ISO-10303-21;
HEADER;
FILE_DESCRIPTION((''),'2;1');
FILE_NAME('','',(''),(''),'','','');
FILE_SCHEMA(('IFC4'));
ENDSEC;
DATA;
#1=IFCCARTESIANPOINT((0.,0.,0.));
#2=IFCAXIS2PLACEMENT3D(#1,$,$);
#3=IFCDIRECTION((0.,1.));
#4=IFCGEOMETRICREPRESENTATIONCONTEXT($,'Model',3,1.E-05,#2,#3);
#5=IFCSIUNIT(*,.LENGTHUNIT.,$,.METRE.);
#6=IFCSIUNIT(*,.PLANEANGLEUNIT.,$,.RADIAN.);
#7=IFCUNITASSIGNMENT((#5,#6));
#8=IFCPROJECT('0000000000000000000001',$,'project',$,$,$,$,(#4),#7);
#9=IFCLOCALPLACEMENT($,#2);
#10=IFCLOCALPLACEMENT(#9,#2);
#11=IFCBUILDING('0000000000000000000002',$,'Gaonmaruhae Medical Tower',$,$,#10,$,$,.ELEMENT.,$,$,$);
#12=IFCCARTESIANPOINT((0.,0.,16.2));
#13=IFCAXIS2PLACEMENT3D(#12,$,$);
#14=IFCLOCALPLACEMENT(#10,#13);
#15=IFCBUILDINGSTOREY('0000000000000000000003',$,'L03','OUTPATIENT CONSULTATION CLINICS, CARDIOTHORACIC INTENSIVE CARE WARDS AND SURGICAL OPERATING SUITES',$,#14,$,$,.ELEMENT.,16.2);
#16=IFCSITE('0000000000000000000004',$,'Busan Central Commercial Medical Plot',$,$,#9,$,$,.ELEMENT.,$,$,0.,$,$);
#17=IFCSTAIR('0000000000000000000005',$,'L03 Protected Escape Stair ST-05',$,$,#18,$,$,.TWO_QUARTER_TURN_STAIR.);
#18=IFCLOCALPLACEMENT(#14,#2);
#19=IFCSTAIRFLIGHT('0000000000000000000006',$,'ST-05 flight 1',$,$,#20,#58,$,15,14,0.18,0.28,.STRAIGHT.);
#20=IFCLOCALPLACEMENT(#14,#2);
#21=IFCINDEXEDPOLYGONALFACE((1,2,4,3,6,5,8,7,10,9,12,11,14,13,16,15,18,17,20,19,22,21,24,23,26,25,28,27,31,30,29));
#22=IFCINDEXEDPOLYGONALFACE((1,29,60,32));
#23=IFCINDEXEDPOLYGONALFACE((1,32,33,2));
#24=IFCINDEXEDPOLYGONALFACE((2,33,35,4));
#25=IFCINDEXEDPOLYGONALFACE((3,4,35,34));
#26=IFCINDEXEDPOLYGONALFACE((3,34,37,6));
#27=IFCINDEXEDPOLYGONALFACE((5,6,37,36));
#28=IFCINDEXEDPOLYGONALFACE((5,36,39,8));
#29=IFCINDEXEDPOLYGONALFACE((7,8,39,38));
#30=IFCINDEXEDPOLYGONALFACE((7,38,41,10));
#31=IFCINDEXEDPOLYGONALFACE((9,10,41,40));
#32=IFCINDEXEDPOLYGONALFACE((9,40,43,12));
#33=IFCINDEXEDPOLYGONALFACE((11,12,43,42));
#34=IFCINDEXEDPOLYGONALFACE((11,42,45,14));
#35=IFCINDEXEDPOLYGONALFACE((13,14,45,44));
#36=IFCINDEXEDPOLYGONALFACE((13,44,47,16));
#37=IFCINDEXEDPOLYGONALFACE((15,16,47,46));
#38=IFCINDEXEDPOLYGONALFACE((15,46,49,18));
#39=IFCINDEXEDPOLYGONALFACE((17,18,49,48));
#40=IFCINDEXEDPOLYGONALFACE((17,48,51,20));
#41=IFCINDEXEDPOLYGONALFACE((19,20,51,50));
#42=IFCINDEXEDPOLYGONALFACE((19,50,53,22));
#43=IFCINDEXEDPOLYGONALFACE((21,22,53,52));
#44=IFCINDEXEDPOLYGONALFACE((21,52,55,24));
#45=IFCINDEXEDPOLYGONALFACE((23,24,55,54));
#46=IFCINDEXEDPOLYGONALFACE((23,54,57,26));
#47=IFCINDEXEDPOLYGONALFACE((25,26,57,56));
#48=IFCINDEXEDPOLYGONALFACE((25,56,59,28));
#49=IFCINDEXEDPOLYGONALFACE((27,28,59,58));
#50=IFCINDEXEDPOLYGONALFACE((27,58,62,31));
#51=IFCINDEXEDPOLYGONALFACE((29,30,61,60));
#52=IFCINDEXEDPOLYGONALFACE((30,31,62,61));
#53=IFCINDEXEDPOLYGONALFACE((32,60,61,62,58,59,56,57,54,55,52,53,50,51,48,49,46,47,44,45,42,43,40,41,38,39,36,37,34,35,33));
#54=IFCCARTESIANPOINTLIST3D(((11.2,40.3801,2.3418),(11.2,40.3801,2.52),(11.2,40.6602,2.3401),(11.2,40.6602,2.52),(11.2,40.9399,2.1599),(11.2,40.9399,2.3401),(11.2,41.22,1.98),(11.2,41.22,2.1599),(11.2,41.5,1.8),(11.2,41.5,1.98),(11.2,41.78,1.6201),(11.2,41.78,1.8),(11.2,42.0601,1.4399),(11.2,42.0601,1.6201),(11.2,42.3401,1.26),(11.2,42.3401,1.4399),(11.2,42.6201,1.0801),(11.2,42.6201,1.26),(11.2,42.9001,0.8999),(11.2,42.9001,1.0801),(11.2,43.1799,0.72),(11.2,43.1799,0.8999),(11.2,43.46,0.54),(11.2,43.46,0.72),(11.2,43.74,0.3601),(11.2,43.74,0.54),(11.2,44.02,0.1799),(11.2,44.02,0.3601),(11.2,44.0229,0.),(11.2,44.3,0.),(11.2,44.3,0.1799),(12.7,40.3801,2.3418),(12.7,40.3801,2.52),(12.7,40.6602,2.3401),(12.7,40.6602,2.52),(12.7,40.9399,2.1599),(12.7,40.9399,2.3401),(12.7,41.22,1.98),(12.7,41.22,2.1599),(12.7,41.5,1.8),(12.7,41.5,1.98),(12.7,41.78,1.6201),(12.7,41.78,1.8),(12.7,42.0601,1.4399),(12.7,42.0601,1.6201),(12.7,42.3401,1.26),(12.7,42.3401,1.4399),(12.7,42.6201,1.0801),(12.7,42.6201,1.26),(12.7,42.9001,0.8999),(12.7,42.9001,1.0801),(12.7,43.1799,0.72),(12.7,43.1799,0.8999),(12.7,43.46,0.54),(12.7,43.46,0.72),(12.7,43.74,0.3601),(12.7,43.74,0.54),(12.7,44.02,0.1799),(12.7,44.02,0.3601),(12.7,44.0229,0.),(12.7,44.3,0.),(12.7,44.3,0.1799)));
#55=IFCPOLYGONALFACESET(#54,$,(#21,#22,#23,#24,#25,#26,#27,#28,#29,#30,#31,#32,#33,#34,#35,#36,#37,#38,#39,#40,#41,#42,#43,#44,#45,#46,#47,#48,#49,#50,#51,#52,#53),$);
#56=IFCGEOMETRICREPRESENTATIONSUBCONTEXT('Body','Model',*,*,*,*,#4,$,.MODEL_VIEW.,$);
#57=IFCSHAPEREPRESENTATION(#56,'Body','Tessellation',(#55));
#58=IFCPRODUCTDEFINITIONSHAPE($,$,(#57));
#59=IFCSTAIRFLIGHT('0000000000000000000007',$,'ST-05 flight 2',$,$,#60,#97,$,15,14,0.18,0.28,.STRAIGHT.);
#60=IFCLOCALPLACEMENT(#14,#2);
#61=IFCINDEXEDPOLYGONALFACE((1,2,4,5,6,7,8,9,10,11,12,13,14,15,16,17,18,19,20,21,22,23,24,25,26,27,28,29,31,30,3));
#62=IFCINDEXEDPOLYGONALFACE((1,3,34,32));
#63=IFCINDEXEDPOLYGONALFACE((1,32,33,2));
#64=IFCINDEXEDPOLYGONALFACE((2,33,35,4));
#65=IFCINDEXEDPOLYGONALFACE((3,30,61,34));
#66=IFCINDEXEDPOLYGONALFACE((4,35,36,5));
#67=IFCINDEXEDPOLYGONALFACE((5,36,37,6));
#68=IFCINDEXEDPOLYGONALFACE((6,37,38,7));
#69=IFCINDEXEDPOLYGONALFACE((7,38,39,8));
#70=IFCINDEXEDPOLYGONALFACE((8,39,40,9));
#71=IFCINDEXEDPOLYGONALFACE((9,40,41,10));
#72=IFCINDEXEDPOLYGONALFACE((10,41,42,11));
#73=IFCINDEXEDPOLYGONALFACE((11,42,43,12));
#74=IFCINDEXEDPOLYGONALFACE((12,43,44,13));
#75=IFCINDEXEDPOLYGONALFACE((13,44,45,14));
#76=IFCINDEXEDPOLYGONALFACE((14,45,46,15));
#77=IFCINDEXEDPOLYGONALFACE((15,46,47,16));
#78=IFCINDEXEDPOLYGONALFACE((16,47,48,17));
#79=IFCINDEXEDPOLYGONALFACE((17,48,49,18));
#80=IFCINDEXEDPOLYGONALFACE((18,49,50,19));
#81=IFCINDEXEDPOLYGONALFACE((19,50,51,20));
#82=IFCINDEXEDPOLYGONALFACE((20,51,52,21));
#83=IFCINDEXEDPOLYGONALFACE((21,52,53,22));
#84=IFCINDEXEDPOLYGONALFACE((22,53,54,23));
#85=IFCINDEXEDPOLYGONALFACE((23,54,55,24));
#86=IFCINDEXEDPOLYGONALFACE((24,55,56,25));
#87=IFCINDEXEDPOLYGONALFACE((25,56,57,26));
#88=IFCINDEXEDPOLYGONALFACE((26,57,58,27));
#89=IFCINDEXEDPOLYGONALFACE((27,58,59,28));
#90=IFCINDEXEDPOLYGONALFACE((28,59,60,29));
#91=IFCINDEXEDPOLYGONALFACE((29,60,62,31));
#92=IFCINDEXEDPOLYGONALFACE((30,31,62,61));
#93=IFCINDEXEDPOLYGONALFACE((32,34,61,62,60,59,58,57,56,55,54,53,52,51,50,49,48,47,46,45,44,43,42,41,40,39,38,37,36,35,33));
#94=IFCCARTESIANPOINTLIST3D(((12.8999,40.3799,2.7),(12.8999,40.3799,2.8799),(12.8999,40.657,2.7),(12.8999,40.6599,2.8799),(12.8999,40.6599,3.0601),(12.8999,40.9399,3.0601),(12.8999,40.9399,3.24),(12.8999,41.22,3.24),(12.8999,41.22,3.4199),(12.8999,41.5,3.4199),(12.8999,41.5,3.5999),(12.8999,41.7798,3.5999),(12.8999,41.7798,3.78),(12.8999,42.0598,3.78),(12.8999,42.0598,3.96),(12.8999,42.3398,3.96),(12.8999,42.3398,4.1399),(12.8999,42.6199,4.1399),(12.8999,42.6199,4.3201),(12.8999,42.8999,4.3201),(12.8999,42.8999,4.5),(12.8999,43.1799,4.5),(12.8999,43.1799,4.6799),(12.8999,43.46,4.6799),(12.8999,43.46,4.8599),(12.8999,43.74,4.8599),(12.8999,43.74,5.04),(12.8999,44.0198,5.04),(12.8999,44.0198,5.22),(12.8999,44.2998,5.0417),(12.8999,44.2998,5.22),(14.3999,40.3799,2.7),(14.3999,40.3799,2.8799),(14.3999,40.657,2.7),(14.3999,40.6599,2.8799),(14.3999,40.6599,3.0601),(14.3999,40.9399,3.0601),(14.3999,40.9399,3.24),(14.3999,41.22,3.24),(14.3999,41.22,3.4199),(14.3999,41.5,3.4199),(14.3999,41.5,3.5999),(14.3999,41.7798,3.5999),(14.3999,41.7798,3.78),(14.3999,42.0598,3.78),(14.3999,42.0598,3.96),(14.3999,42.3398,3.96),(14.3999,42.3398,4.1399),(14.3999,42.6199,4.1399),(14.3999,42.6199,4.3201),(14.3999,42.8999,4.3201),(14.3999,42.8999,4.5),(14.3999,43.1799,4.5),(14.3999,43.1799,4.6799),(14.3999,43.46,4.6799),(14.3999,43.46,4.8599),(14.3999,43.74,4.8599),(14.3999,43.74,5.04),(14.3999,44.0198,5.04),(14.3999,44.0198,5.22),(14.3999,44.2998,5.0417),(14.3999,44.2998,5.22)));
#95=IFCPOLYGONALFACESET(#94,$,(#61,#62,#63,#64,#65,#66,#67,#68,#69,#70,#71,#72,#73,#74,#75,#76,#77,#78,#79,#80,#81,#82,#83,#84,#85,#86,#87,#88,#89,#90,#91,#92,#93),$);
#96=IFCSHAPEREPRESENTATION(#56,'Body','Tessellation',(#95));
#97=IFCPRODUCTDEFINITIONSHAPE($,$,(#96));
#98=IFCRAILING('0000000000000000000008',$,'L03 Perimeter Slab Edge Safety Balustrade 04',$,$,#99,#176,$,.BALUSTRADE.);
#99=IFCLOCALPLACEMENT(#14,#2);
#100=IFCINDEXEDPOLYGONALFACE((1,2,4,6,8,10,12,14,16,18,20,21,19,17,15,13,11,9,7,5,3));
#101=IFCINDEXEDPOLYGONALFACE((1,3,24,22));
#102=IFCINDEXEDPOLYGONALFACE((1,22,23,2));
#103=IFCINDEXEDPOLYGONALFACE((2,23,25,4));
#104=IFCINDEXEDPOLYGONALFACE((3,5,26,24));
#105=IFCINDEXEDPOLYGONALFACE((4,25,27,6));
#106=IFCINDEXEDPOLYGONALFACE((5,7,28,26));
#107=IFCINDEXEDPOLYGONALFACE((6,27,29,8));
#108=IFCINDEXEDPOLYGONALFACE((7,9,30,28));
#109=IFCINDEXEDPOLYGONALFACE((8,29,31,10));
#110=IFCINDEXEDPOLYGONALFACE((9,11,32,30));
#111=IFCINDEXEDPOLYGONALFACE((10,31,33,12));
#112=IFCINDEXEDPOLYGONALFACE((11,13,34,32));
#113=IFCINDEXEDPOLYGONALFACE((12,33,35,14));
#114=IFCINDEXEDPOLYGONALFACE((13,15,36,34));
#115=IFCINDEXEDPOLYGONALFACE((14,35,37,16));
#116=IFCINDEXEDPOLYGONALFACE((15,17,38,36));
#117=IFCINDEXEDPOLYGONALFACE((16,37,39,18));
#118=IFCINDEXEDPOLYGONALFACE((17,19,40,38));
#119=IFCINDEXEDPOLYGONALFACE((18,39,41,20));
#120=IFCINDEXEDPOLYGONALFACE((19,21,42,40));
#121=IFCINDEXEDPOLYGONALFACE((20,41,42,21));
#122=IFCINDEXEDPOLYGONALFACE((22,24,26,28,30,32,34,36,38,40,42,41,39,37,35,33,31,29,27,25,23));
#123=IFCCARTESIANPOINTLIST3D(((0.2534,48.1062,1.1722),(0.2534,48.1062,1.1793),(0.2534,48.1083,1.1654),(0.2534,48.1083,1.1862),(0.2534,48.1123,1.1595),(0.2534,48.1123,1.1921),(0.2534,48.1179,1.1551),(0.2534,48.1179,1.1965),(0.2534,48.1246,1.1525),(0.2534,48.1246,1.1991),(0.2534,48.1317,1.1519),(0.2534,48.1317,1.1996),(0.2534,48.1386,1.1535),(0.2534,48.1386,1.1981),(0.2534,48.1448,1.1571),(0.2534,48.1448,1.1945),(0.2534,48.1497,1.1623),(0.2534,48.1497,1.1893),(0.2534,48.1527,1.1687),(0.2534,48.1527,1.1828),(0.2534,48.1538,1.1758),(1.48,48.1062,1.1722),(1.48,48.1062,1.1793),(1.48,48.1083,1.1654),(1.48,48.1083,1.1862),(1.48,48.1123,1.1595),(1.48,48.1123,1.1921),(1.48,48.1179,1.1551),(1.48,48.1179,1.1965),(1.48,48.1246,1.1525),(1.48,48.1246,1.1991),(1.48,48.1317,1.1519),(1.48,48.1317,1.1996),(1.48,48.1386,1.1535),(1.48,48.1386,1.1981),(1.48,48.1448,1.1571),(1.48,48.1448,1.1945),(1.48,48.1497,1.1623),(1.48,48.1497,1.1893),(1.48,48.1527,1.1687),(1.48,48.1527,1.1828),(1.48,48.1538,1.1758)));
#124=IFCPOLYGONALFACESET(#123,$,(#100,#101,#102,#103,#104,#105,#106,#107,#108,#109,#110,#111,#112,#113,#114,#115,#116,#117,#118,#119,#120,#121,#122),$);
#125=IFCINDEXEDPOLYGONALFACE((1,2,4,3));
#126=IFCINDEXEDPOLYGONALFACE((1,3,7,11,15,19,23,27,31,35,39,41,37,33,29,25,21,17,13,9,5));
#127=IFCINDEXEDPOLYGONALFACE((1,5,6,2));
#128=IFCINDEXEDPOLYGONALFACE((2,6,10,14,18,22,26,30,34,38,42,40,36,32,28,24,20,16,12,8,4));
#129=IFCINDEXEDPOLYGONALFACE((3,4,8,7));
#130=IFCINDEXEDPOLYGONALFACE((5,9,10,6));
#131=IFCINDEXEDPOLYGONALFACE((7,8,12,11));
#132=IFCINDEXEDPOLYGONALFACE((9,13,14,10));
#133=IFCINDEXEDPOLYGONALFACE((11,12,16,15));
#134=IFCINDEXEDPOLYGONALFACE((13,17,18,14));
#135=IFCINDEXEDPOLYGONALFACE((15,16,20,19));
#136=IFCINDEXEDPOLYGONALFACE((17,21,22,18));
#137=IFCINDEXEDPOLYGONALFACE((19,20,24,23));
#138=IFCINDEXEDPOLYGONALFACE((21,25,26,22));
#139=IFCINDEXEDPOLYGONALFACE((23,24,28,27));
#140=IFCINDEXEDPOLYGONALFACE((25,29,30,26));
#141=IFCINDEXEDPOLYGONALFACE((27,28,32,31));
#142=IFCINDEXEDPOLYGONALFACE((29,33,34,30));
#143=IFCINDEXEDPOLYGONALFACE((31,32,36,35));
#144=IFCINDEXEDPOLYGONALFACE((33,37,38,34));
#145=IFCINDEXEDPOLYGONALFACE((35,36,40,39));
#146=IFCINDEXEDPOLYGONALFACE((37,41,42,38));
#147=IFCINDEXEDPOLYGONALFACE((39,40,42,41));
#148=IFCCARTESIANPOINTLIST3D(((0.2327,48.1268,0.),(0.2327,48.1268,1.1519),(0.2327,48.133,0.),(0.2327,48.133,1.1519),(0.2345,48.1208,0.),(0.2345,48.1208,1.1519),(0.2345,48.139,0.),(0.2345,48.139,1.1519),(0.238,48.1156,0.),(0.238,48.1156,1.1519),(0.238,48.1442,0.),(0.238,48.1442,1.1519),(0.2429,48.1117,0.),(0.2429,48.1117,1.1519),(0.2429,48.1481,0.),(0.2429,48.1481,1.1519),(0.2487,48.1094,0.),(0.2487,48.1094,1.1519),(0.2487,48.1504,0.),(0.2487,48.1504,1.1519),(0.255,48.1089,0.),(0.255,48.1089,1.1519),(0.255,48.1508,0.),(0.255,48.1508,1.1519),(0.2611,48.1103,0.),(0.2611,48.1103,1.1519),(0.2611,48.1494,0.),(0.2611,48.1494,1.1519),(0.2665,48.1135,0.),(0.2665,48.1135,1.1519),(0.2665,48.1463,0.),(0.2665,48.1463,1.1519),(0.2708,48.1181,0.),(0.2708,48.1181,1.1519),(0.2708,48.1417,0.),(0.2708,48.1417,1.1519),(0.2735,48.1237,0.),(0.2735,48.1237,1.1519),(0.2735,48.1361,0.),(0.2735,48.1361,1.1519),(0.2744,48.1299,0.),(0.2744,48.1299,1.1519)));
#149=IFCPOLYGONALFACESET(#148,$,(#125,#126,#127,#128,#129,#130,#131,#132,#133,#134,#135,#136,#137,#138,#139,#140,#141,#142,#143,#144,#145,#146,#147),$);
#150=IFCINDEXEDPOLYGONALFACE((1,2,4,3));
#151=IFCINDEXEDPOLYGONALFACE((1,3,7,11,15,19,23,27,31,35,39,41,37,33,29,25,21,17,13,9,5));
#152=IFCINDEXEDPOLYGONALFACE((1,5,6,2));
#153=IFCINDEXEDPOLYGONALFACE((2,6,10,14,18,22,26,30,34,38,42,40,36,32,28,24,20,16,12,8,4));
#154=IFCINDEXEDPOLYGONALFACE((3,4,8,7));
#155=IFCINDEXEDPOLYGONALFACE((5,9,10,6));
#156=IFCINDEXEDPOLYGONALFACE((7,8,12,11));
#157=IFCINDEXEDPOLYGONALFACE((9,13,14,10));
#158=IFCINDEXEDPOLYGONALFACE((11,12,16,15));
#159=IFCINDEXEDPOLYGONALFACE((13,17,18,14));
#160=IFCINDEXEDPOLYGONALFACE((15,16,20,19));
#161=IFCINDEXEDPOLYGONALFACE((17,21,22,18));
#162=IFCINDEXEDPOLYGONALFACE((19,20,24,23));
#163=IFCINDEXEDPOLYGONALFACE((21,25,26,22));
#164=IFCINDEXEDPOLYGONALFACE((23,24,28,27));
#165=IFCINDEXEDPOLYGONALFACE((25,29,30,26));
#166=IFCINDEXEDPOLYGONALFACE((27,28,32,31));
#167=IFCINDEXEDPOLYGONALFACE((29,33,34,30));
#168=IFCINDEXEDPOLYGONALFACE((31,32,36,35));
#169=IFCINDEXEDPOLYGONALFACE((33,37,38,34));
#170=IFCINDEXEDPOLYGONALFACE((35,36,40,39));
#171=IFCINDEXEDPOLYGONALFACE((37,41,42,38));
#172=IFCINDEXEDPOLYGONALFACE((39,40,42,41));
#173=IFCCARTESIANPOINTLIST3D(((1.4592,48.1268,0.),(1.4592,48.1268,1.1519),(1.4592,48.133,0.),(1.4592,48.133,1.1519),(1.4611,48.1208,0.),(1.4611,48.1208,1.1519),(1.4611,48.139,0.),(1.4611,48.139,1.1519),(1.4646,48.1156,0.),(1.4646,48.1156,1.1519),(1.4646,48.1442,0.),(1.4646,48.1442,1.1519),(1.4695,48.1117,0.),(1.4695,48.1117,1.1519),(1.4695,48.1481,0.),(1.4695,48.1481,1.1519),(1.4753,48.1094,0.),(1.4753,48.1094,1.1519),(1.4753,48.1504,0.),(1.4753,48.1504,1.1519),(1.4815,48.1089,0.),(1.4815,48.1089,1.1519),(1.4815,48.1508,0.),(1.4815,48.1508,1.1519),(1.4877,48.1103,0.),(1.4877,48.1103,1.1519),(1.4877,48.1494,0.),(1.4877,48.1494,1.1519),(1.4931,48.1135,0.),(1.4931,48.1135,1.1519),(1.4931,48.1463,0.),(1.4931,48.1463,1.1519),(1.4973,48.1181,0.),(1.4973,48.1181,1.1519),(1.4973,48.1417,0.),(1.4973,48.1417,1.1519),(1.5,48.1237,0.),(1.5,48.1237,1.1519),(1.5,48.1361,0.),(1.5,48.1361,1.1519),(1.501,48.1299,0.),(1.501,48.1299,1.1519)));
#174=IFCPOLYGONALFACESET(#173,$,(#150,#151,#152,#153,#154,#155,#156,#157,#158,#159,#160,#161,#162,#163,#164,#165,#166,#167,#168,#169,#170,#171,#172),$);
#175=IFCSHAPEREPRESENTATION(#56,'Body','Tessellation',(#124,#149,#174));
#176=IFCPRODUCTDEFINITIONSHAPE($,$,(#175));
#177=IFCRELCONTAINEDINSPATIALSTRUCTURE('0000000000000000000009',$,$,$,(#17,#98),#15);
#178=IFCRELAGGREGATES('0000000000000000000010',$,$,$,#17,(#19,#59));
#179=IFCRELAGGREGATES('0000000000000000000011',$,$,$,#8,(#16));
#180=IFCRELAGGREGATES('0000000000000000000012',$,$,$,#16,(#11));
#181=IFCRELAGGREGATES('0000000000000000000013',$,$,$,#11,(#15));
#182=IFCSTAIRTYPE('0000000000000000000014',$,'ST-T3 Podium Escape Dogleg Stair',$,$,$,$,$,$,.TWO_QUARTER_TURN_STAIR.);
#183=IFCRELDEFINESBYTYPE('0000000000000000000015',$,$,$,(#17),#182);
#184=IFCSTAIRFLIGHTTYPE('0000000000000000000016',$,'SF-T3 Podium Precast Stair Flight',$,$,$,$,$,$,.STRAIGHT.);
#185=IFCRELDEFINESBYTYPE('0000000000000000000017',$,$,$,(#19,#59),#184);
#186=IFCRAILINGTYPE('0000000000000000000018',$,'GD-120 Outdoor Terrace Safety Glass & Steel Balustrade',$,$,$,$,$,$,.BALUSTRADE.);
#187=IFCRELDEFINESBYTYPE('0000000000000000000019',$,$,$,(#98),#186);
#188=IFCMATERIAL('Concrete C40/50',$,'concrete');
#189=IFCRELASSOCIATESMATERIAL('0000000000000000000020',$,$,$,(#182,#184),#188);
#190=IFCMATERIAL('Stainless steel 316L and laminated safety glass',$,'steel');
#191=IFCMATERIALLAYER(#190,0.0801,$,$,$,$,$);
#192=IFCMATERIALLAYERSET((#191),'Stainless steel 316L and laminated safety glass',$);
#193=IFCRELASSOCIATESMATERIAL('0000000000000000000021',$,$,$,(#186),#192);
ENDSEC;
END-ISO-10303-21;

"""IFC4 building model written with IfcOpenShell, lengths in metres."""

from ifc_helpers import new_model, si_unit, direction, frame, origin, origin_2d, place, context, subcontext, project, spatial, polyline, circle, outline, extrude, material, layer, layer_set, type_object, element, aggregate, save


model = new_model("IFC4")

# Units and contexts
model_context = context("Model", 3, precision=1e-05, world=origin(), true_north=direction((0.0, 1.0)))
body_context = subcontext(model_context, "Body", "Model", "MODEL_VIEW")
ifc_project = project(units=[si_unit("LENGTHUNIT", "METRE"), si_unit("PLANEANGLEUNIT", "RADIAN")], contexts=[model_context])

# Site, building, storey
site_placement = place(None, origin())
site = spatial("IfcSite", under=ifc_project, at=site_placement, Name="Busan Central Commercial Medical Plot", CompositionType="ELEMENT", RefElevation=0.0)
building_placement = place(site_placement, origin())
building = spatial("IfcBuilding", under=site, at=building_placement, Name="Gaonmaruhae Medical Tower", CompositionType="ELEMENT")
storey_placement = place(building_placement, frame((0.0, 0.0, 16.2)))
storey = spatial("IfcBuildingStorey", under=building, at=storey_placement, Name="L03", Description="OUTPATIENT CONSULTATION CLINICS, CARDIOTHORACIC INTENSIVE CARE WARDS AND SURGICAL OPERATING SUITES", CompositionType="ELEMENT", Elevation=16.2)

# Stair, stair flights
ifc_material_1 = material(Name="Concrete C40/50", Category="concrete")
stair_type = type_object("IfcStairType", Name="ST-T3 Podium Escape Dogleg Stair", PredefinedType="TWO_QUARTER_TURN_STAIR", material=ifc_material_1)
stair_placement = place(storey_placement, origin())
stair = element("IfcStair", 1, at=stair_placement, inside=storey, type_object=stair_type, Name="L03 Protected Escape Stair ST-05", PredefinedType="TWO_QUARTER_TURN_STAIR")
stair_flight_type = type_object("IfcStairFlightType", Name="SF-T3 Podium Precast Stair Flight", PredefinedType="STRAIGHT", material=ifc_material_1)
stair_flight_1_placement = place(storey_placement, frame((11.95, 44.3, 0.0), z_axis=(0.0, 0.0, 1.0), x_axis=(0.0, -1.0, 0.0)))
stair_flight_1 = element("IfcStairFlight", 2, at=stair_flight_1_placement, type_object=stair_flight_type, Name="ST-05 flight 1", NumberOfRisers=15, NumberOfTreads=14, PredefinedType="STRAIGHT", RiserHeight=0.18, TreadLength=0.28, context=body_context, shape_type="SweptSolid", body=[
    extrude(outline(polyline([(0.0, 0.0), (0.0, 0.1799), (0.28, 0.1799), (0.28, 0.3601), (0.5601, 0.3601), (0.5601, 0.54), (0.8401, 0.54), (0.8401, 0.72), (1.1201, 0.72), (1.1201, 0.8999), (1.3999, 0.8999), (1.3999, 1.0801), (1.6799, 1.0801), (1.6799, 1.26), (1.96, 1.26), (1.96, 1.4399), (2.24, 1.4399), (2.24, 1.6201), (2.52, 1.6201), (2.52, 1.8), (2.8, 1.8), (2.8, 1.98), (3.0801, 1.98), (3.0801, 2.1599), (3.3601, 2.1599), (3.3601, 2.3401), (3.6399, 2.3401), (3.6399, 2.52), (3.9199, 2.52), (3.9199, 2.7), (3.9199, 2.3418), (0.2771, 0.0), (0.0, 0.0)])), frame((0.0, 0.75, 0.0), z_axis=(0.0, -1.0, 0.0), x_axis=(1.0, 0.0, 0.0)), (0.0, 0.0, 1.0), 1.5),
])
stair_flight_2_placement = place(storey_placement, frame((13.6499, 40.3799, 2.7), z_axis=(0.0, 0.0, 1.0), x_axis=(0.0, 1.0, 0.0)))
stair_flight_2 = element("IfcStairFlight", 3, at=stair_flight_2_placement, type_object=stair_flight_type, Name="ST-05 flight 2", NumberOfRisers=15, NumberOfTreads=14, PredefinedType="STRAIGHT", RiserHeight=0.18, TreadLength=0.28, context=body_context, shape_type="SweptSolid", body=[
    extrude(outline(polyline([(0.0, 0.0), (0.0, 0.1799), (0.28, 0.1799), (0.28, 0.3601), (0.5601, 0.3601), (0.5601, 0.54), (0.8401, 0.54), (0.8401, 0.72), (1.1201, 0.72), (1.1201, 0.8999), (1.3999, 0.8999), (1.3999, 1.0801), (1.6799, 1.0801), (1.6799, 1.26), (1.96, 1.26), (1.96, 1.4399), (2.24, 1.4399), (2.24, 1.6201), (2.52, 1.6201), (2.52, 1.8), (2.8, 1.8), (2.8, 1.98), (3.0801, 1.98), (3.0801, 2.1599), (3.3601, 2.1599), (3.3601, 2.3401), (3.6399, 2.3401), (3.6399, 2.52), (3.9199, 2.52), (3.9199, 2.7), (3.9199, 2.3418), (0.2771, 0.0), (0.0, 0.0)])), frame((0.0, 0.75, 0.0), z_axis=(0.0, -1.0, 0.0), x_axis=(1.0, 0.0, 0.0)), (0.0, 0.0, 1.0), 1.5),
])
aggregate(stair, [stair_flight_1, stair_flight_2])

# Railing
ifc_material_2 = material(Name="Stainless steel 316L and laminated safety glass", Category="steel")
ifc_layer_1 = layer(ifc_material_2, 0.0801)
ifc_layer_set_1 = layer_set([ifc_layer_1], Name="Stainless steel 316L and laminated safety glass")
railing_type_1 = type_object("IfcRailingType", Name="GD-120 Outdoor Terrace Safety Glass & Steel Balustrade", PredefinedType="BALUSTRADE", material=ifc_layer_set_1)
railing_1_placement = place(storey_placement, frame((0.2534, 48.1299, 0.0)))
element("IfcRailing", 4, at=railing_1_placement, inside=storey, type_object=railing_type_1, Name="L03 Perimeter Slab Edge Safety Balustrade 04", PredefinedType="BALUSTRADE", context=body_context, shape_type="SweptSolid", body=[
    extrude(circle(Radius=0.0239, at=origin_2d()), frame((0.0, 0.0, 1.1758), z_axis=(1.0, 0.0, 0.0), x_axis=(0.0, 1.0, 0.0)), (0.0, 0.0, 1.0), 1.2266),
    extrude(circle(Radius=0.021, at=origin_2d()), origin(), (0.0, 0.0, 1.0), 1.1519),
    extrude(circle(Radius=0.021, at=origin_2d()), frame((1.2266, 0.0, 0.0)), (0.0, 0.0, 1.0), 1.1519),
])

save(model, "model.ifc")
